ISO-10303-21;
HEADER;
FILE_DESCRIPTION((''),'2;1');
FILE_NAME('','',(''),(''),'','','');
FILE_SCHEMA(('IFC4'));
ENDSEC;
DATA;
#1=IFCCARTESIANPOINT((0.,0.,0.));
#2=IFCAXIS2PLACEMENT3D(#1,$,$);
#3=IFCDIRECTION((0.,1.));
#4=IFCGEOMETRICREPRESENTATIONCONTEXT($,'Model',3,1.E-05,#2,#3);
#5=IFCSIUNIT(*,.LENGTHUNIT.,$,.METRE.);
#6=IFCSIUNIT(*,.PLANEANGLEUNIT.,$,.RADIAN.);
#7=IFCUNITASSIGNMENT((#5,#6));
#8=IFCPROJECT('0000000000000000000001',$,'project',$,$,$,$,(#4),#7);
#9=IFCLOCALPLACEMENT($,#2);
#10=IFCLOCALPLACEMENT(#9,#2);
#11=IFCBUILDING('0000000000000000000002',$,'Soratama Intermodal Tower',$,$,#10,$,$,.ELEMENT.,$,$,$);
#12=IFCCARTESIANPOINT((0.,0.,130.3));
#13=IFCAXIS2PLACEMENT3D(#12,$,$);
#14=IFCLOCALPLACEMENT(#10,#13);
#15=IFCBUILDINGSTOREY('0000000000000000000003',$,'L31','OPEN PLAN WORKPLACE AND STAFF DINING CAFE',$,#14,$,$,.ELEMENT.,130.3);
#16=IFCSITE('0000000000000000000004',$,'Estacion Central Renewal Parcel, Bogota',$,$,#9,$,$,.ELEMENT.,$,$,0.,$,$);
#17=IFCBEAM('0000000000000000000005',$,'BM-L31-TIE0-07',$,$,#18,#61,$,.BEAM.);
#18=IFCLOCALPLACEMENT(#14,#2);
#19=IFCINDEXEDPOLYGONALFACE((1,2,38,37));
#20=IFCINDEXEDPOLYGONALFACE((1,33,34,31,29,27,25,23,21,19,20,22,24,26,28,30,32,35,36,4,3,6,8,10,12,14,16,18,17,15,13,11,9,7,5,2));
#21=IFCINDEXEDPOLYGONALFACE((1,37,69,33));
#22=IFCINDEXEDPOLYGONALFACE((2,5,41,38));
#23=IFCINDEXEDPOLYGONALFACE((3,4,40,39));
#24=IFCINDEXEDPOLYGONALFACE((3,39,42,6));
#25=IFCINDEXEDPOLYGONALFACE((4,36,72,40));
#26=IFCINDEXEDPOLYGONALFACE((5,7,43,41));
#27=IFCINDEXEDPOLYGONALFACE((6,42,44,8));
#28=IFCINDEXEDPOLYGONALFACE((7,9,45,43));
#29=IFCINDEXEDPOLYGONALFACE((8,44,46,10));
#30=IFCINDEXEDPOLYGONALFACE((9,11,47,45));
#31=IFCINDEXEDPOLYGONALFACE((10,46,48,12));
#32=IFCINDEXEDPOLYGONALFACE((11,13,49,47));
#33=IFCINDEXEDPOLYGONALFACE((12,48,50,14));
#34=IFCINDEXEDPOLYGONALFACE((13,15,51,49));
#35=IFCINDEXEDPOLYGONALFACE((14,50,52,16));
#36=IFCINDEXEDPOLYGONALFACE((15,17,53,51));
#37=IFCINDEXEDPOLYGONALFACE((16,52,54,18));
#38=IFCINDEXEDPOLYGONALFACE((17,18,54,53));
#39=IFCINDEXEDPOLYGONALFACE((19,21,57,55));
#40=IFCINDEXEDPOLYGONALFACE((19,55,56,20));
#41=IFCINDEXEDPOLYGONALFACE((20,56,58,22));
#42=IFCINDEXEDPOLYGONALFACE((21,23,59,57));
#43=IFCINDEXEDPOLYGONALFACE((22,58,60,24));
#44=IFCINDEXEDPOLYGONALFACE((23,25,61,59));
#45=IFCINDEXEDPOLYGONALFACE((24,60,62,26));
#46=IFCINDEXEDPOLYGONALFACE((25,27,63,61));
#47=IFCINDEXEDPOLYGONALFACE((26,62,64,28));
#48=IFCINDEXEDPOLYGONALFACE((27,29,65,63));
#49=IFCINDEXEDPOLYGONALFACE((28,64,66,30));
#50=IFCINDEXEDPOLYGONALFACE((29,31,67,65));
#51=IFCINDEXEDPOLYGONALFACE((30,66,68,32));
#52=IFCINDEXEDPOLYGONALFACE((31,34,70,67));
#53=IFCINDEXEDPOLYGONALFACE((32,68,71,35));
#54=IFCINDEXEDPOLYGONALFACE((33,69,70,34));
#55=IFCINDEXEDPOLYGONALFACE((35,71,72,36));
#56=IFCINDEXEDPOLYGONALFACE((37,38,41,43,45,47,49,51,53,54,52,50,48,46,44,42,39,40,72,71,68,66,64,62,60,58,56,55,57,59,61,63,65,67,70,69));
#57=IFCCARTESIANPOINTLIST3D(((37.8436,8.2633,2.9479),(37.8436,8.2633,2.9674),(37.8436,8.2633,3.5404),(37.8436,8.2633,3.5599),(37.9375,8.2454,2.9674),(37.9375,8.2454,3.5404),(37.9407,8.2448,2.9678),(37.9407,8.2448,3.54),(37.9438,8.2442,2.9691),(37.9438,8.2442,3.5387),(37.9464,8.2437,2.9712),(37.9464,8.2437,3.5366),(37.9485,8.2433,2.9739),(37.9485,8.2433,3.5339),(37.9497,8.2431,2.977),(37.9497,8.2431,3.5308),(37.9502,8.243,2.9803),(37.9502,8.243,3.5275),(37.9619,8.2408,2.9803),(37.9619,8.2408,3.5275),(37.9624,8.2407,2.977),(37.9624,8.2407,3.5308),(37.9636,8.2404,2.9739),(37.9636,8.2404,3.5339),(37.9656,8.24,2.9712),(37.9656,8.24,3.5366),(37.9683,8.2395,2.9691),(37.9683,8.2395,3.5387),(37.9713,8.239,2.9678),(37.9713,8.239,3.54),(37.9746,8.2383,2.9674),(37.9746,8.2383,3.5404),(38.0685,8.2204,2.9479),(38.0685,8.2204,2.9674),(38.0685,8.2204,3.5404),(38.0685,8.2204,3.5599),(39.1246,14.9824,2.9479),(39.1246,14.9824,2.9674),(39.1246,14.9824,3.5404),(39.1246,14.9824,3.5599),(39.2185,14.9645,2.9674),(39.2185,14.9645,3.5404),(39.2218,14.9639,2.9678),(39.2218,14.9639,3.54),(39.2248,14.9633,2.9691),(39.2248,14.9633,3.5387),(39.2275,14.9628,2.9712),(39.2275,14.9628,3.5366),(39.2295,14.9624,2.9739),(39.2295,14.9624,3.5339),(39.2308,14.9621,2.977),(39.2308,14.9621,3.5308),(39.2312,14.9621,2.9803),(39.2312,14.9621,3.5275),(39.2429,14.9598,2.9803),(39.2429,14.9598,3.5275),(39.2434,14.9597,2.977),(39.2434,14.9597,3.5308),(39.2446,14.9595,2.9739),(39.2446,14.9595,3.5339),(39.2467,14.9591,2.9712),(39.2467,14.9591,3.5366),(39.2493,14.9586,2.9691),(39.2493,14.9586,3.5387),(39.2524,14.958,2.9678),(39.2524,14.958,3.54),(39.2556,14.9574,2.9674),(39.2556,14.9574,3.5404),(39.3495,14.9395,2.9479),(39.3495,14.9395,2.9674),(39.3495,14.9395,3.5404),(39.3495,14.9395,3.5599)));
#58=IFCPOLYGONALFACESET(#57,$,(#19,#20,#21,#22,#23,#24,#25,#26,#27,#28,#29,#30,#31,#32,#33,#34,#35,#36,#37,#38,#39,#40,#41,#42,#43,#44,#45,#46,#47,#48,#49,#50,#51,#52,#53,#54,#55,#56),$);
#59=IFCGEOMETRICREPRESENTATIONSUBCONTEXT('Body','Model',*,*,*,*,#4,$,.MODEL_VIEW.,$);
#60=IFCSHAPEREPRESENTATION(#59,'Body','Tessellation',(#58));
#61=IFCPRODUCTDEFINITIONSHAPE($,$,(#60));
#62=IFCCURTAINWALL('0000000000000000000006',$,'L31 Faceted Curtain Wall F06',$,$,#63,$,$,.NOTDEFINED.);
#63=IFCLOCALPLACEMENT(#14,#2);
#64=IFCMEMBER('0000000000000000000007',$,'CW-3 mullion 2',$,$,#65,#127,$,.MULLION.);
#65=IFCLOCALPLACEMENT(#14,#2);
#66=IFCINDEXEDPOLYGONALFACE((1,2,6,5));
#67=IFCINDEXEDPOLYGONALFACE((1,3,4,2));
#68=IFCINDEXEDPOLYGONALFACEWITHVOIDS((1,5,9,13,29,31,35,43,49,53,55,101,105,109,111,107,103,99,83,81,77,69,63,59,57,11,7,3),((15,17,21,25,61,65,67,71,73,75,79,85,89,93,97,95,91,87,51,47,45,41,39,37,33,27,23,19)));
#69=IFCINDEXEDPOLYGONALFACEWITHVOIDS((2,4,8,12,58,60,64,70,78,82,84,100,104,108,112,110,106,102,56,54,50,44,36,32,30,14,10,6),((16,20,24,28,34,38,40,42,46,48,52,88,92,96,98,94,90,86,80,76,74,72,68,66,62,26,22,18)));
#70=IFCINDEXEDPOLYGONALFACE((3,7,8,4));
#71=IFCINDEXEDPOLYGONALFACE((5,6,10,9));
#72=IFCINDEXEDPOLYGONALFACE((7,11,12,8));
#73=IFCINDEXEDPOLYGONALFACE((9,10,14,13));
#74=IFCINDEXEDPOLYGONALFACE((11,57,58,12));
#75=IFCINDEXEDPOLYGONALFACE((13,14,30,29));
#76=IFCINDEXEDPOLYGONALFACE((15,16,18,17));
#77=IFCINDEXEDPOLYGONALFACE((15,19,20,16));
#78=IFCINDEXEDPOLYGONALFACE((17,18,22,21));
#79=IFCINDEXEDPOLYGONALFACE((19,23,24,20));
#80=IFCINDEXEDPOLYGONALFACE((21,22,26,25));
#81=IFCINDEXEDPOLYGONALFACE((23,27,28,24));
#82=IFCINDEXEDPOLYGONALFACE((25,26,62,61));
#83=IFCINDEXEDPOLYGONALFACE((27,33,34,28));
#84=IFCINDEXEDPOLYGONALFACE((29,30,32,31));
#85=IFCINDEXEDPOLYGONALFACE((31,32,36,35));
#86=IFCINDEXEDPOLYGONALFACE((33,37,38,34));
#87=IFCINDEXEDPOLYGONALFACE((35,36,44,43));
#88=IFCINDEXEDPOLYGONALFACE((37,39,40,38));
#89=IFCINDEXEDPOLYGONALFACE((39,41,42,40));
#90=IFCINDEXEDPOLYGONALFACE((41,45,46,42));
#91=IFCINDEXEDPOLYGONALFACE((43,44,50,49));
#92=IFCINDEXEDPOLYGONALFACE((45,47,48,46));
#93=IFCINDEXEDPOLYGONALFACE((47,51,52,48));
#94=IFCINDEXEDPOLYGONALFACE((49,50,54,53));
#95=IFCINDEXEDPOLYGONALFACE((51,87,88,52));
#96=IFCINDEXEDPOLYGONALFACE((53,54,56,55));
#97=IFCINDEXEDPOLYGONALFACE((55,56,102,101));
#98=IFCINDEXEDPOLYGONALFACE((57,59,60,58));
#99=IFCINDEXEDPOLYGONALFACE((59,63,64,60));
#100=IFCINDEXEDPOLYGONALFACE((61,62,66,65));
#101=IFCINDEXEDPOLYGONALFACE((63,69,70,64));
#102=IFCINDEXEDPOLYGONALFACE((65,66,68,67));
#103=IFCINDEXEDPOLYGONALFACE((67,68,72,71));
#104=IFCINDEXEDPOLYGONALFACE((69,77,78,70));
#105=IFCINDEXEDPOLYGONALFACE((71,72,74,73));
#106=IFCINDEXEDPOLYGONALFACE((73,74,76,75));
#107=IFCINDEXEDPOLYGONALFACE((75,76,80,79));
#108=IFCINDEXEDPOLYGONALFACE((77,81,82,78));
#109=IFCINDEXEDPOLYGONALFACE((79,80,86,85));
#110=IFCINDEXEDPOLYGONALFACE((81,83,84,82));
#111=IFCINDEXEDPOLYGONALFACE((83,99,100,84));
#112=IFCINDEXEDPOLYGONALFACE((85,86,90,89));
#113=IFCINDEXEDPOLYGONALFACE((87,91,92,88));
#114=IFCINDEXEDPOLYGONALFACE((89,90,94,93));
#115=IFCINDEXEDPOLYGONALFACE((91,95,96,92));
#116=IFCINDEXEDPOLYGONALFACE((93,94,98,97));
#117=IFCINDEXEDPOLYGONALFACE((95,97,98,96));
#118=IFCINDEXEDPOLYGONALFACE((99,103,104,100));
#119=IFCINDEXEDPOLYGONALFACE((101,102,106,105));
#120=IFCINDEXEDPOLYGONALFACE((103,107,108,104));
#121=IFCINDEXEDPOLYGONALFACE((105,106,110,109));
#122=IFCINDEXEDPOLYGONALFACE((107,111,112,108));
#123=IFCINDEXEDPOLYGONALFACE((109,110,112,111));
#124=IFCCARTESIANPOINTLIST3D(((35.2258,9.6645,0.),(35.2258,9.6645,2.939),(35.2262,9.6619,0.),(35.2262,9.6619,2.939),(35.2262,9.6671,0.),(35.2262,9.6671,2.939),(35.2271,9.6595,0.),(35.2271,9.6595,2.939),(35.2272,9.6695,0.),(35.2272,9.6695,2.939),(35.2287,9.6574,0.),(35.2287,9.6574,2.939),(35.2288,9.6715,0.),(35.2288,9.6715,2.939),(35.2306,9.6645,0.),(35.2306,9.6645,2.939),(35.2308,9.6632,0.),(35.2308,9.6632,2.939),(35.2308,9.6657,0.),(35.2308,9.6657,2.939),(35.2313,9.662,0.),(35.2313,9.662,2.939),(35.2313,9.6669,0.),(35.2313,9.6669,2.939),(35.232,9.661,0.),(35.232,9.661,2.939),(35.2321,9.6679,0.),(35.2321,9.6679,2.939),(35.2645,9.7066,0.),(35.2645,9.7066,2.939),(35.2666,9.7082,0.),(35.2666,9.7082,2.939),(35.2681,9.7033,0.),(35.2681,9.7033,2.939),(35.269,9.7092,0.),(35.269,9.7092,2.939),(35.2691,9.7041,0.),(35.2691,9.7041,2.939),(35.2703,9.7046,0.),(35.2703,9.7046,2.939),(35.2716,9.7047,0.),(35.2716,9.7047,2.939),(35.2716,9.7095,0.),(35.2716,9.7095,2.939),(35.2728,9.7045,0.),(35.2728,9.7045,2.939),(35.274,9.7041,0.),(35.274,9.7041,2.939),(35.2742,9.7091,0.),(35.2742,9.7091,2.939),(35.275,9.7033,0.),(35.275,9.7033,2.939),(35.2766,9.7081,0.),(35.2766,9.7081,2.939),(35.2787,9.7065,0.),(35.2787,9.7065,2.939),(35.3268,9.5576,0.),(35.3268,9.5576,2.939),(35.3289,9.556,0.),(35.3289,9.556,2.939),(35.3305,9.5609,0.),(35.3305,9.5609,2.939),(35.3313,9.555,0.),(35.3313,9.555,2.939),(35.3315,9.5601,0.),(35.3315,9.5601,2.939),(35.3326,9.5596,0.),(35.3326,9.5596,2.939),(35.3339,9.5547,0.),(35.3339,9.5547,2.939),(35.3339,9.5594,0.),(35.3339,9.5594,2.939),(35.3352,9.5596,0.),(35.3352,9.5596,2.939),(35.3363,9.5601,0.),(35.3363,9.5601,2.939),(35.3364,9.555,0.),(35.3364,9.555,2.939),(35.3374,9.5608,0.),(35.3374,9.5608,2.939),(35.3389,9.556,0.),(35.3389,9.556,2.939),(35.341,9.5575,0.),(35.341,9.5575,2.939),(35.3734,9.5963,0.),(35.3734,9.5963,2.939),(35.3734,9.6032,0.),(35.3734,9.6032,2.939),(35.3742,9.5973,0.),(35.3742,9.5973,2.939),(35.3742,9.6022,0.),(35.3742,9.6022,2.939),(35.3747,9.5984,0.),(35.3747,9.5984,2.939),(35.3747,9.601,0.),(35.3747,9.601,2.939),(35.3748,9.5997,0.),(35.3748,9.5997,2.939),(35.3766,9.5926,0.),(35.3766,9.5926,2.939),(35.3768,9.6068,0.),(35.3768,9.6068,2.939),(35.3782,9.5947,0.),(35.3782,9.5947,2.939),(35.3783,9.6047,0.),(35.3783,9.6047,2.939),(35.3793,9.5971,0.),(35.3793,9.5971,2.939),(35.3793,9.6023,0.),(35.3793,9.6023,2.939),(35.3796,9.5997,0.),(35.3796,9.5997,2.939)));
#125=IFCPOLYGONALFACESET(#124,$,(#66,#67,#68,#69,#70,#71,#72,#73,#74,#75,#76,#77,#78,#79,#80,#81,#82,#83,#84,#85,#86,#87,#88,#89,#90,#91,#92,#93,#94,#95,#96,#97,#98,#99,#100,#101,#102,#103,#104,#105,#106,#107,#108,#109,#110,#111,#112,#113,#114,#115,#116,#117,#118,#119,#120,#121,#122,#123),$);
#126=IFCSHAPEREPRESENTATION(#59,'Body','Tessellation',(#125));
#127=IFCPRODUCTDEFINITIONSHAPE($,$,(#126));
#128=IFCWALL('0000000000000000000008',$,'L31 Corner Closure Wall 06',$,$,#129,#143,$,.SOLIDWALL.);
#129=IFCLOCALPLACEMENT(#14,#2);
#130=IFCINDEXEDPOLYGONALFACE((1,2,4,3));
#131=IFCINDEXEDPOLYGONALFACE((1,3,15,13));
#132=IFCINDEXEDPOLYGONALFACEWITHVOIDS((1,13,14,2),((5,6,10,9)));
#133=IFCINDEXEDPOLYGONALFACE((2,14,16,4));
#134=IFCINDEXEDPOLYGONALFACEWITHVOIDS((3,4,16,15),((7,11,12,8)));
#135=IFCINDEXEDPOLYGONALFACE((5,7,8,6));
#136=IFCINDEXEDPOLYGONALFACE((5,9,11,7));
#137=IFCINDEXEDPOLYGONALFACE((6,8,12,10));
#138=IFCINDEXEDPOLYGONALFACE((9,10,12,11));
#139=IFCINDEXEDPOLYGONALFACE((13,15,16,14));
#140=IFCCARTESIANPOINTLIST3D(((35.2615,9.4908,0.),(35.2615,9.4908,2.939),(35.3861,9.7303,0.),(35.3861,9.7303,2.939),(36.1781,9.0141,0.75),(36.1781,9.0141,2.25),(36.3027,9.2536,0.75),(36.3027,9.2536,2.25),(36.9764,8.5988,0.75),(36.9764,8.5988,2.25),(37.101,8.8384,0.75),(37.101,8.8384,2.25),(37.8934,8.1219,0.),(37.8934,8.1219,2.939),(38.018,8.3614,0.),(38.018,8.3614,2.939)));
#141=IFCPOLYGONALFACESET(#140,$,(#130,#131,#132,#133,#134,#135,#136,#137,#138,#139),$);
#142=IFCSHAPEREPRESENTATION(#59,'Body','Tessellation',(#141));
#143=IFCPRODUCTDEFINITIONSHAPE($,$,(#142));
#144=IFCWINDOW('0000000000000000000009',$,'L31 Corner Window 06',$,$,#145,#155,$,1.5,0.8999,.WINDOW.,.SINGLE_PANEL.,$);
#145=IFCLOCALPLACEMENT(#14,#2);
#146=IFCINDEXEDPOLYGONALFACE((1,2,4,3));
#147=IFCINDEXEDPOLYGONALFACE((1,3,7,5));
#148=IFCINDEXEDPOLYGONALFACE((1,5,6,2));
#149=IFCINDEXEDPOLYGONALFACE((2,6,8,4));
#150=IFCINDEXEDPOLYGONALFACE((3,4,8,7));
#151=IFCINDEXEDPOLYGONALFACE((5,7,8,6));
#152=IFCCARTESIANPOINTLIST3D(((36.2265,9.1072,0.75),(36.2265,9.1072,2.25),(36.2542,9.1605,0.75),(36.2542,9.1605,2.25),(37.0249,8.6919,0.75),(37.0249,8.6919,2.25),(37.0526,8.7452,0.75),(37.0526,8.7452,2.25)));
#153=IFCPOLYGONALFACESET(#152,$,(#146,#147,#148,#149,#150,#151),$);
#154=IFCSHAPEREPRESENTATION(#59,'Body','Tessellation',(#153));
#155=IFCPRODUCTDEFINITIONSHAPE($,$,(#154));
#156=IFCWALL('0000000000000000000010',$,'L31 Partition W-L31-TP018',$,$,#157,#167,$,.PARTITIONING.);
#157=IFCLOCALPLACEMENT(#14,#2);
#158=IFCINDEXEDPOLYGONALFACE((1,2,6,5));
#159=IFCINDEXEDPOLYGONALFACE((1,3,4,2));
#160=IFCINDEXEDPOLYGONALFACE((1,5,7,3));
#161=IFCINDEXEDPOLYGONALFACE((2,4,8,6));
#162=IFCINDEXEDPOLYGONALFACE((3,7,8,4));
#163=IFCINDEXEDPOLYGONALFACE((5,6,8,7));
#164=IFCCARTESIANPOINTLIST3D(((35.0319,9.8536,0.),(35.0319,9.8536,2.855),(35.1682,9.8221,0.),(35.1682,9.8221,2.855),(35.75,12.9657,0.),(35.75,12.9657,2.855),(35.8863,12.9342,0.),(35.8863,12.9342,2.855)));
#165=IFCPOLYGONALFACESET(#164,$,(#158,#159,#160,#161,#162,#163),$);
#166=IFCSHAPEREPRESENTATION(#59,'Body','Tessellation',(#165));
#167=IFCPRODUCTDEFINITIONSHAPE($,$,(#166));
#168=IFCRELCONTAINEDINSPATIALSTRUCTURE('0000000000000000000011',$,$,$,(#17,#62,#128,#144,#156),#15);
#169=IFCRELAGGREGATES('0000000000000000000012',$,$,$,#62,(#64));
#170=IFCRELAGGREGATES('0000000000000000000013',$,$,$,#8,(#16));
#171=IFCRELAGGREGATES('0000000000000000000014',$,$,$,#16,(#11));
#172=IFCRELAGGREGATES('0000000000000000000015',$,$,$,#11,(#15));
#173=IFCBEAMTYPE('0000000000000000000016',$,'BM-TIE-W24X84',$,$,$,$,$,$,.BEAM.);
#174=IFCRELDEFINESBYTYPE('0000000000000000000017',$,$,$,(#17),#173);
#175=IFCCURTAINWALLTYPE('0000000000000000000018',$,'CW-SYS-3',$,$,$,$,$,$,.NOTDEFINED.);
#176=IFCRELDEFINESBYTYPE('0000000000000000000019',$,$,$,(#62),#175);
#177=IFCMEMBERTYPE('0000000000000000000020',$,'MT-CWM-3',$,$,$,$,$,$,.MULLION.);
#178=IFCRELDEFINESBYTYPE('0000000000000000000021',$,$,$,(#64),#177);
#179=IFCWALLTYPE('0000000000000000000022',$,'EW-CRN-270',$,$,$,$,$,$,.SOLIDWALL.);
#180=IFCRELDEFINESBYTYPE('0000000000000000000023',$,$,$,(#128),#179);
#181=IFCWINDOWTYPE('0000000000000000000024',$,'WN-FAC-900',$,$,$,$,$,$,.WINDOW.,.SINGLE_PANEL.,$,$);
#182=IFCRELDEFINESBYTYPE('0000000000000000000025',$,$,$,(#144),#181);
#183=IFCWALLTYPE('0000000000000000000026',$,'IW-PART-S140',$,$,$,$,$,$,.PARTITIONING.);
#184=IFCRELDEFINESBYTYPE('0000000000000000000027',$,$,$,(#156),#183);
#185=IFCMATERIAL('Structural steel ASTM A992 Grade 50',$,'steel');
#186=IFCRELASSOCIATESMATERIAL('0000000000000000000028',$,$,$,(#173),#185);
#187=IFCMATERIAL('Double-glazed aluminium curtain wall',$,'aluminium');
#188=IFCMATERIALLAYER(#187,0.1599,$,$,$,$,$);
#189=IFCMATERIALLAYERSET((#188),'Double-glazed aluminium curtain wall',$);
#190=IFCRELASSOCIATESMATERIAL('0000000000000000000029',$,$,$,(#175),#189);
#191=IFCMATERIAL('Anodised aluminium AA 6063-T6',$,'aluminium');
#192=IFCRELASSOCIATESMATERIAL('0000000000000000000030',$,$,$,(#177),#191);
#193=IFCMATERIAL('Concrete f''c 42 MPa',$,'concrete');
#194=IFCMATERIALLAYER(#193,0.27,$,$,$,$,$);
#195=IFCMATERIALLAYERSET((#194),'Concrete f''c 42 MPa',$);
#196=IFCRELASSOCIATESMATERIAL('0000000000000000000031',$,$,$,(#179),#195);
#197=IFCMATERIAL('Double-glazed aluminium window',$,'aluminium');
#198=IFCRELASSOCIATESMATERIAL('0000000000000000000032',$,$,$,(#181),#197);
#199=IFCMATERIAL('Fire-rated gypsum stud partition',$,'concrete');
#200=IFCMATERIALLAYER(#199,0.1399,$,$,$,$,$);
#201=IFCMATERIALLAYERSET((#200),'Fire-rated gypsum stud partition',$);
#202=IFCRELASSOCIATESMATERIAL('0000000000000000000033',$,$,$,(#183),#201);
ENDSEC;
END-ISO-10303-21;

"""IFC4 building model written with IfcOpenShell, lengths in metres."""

from ifc_helpers import new_model, si_unit, direction, frame, frame_2d, origin, origin_2d, place, context, subcontext, project, spatial, rectangle, hollow_rectangle, i_section, extrude, material, layer, layer_set, material_profile, profile_set, type_object, element, fill, aggregate, save


model = new_model("IFC4")

# Units and contexts
model_context = context("Model", 3, precision=1e-05, world=origin(), true_north=direction((0.0, 1.0)))
body_context = subcontext(model_context, "Body", "Model", "MODEL_VIEW")
ifc_project = project(units=[si_unit("LENGTHUNIT", "METRE"), si_unit("PLANEANGLEUNIT", "RADIAN")], contexts=[model_context])

# Site, building, storey
site_placement = place(None, origin())
site = spatial("IfcSite", under=ifc_project, at=site_placement, Name="Estacion Central Renewal Parcel, Bogota", CompositionType="ELEMENT", RefElevation=0.0)
building_placement = place(site_placement, origin())
building = spatial("IfcBuilding", under=site, at=building_placement, Name="Soratama Intermodal Tower", CompositionType="ELEMENT")
storey_placement = place(building_placement, frame((0.0, 0.0, 130.3)))
storey = spatial("IfcBuildingStorey", under=building, at=storey_placement, Name="L31", Description="OPEN PLAN WORKPLACE AND STAFF DINING CAFE", CompositionType="ELEMENT", Elevation=130.3)

# Beam
ifc_material_1 = material(Name="Structural steel ASTM A992 Grade 50", Category="steel")
ifc_material_profile_1 = material_profile(ifc_material_1, i_section(OverallWidth=0.229, OverallDepth=0.6121, WebThickness=0.012, FlangeThickness=0.0195, FilletRadius=0.0129, at=origin_2d()), Name="W24X84")
ifc_profile_set_1 = profile_set([ifc_material_profile_1], Name="Structural steel ASTM A992 Grade 50")
beam_type_1 = type_object("IfcBeamType", Name="BM-TIE-W24X84", PredefinedType="BEAM", material=ifc_profile_set_1)
beam_1_placement = place(storey_placement, frame((39.2371, 14.9609, 3.2539), z_axis=(-0.187281, -0.982306, 0.0), x_axis=(0.982306, -0.187281, 0.0)))
element("IfcBeam", 1, at=beam_1_placement, inside=storey, type_object=beam_type_1, Name="BM-L31-TIE0-07", PredefinedType="BEAM", context=body_context, shape_type="SweptSolid", body=[
    extrude(i_section(OverallWidth=0.229, OverallDepth=0.6121, WebThickness=0.012, FlangeThickness=0.0195, FilletRadius=0.0129, at=origin_2d()), origin(), (0.0, 0.0, 1.0), 6.8401),
])

# Curtain wall, member
ifc_material_2 = material(Name="Double-glazed aluminium curtain wall", Category="aluminium")
ifc_layer_1 = layer(ifc_material_2, 0.1599)
ifc_layer_set_1 = layer_set([ifc_layer_1], Name="Double-glazed aluminium curtain wall")
curtain_wall_type = type_object("IfcCurtainWallType", Name="CW-SYS-3", PredefinedType="NOTDEFINED", material=ifc_layer_set_1)
curtain_wall_placement = place(storey_placement, origin())
curtain_wall = element("IfcCurtainWall", 2, at=curtain_wall_placement, inside=storey, type_object=curtain_wall_type, Name="L31 Faceted Curtain Wall F06", PredefinedType="NOTDEFINED")
ifc_material_3 = material(Name="Anodised aluminium AA 6063-T6", Category="aluminium")
ifc_material_profile_2 = material_profile(ifc_material_3, hollow_rectangle(XDim=0.0701, YDim=0.1599, WallThickness=0.0049, InnerFilletRadius=0.0049, OuterFilletRadius=0.01, at=origin_2d()), Name="CWM160X70X5")
ifc_profile_set_2 = profile_set([ifc_material_profile_2], Name="Anodised aluminium AA 6063-T6")
member_type = type_object("IfcMemberType", Name="MT-CWM-3", PredefinedType="MULLION", material=ifc_profile_set_2)
member_placement = place(storey_placement, frame((35.3027, 9.6321, 0.0), z_axis=(0.0, 0.0, 1.0), x_axis=(0.713009, 0.701154, 0.0)))
member = element("IfcMember", 3, at=member_placement, type_object=member_type, Name="CW-3 mullion 2", PredefinedType="MULLION", context=body_context, shape_type="SweptSolid", body=[
    extrude(hollow_rectangle(XDim=0.0701, YDim=0.1599, WallThickness=0.0049, InnerFilletRadius=0.0049, OuterFilletRadius=0.01, at=origin_2d()), origin(), (0.0, 0.0, 1.0), 2.939),
])
aggregate(curtain_wall, [member])

# Wall, opening, window
ifc_material_4 = material(Name="Concrete f'c 42 MPa", Category="concrete")
ifc_layer_2 = layer(ifc_material_4, 0.27)
ifc_layer_set_2 = layer_set([ifc_layer_2], Name="Concrete f'c 42 MPa")
wall_type_1 = type_object("IfcWallType", Name="EW-CRN-270", PredefinedType="SOLIDWALL", material=ifc_layer_set_2)
wall_1_placement = place(storey_placement, frame((35.3237, 9.6106, 0.0), z_axis=(0.0, 0.0, 1.0), x_axis=(0.88717, -0.461443, 0.0)))
wall_1 = element("IfcWall", 4, at=wall_1_placement, inside=storey, type_object=wall_type_1, Name="L31 Corner Closure Wall 06", PredefinedType="SOLIDWALL", context=body_context, shape_type="SweptSolid", body=[
    extrude(rectangle(XDim=2.9666, YDim=0.27, at=frame_2d((1.4834, 0.0))), origin(), (0.0, 0.0, 1.0), 2.939),
])
opening_1_placement = place(wall_1_placement, frame((1.0332, 0.0, 0.75)))
opening_1 = element("IfcOpeningElement", 5, at=opening_1_placement, cuts=wall_1, PredefinedType="OPENING", context=body_context, shape_type="SweptSolid", body=[
    extrude(rectangle(XDim=0.8999, YDim=1.5, at=frame_2d((0.45, 0.75))), frame((0.0, 0.145, 0.0), z_axis=(0.0, -1.0, 0.0), x_axis=(1.0, 0.0, 0.0)), (0.0, 0.0, 1.0), 0.29),
])
ifc_material_5 = material(Name="Double-glazed aluminium window", Category="aluminium")
window_type_1 = type_object("IfcWindowType", Name="WN-FAC-900", PartitioningType="SINGLE_PANEL", PredefinedType="WINDOW", material=ifc_material_5)
window_1_placement = place(opening_1_placement, origin())
window_1 = element("IfcWindow", 6, at=window_1_placement, inside=storey, type_object=window_type_1, Name="L31 Corner Window 06", OverallHeight=1.5, OverallWidth=0.8999, PartitioningType="SINGLE_PANEL", PredefinedType="WINDOW", context=body_context, shape_type="SweptSolid", body=[
    extrude(rectangle(XDim=0.8999, YDim=1.5, at=frame_2d((0.45, 0.75))), frame((0.0, 0.03, 0.0), z_axis=(0.0, -1.0, 0.0), x_axis=(1.0, 0.0, 0.0)), (0.0, 0.0, 1.0), 0.0601),
])
fill(opening_1, window_1)

# Wall
ifc_material_6 = material(Name="Fire-rated gypsum stud partition", Category="concrete")
ifc_layer_3 = layer(ifc_material_6, 0.1399)
ifc_layer_set_3 = layer_set([ifc_layer_3], Name="Fire-rated gypsum stud partition")
wall_type_2 = type_object("IfcWallType", Name="IW-PART-S140", PredefinedType="PARTITIONING", material=ifc_layer_set_3)
wall_2_placement = place(storey_placement, frame((35.8181, 12.95, 0.0), z_axis=(0.0, 0.0, 1.0), x_axis=(-0.224815, -0.974402, 0.0)))
element("IfcWall", 7, at=wall_2_placement, inside=storey, type_object=wall_type_2, Name="L31 Partition W-L31-TP018", PredefinedType="PARTITIONING", context=body_context, shape_type="SweptSolid", body=[
    extrude(rectangle(XDim=3.1938, YDim=0.1399, at=frame_2d((1.5969, 0.0))), origin(), (0.0, 0.0, 1.0), 2.855),
])

save(model, "model.ifc")
